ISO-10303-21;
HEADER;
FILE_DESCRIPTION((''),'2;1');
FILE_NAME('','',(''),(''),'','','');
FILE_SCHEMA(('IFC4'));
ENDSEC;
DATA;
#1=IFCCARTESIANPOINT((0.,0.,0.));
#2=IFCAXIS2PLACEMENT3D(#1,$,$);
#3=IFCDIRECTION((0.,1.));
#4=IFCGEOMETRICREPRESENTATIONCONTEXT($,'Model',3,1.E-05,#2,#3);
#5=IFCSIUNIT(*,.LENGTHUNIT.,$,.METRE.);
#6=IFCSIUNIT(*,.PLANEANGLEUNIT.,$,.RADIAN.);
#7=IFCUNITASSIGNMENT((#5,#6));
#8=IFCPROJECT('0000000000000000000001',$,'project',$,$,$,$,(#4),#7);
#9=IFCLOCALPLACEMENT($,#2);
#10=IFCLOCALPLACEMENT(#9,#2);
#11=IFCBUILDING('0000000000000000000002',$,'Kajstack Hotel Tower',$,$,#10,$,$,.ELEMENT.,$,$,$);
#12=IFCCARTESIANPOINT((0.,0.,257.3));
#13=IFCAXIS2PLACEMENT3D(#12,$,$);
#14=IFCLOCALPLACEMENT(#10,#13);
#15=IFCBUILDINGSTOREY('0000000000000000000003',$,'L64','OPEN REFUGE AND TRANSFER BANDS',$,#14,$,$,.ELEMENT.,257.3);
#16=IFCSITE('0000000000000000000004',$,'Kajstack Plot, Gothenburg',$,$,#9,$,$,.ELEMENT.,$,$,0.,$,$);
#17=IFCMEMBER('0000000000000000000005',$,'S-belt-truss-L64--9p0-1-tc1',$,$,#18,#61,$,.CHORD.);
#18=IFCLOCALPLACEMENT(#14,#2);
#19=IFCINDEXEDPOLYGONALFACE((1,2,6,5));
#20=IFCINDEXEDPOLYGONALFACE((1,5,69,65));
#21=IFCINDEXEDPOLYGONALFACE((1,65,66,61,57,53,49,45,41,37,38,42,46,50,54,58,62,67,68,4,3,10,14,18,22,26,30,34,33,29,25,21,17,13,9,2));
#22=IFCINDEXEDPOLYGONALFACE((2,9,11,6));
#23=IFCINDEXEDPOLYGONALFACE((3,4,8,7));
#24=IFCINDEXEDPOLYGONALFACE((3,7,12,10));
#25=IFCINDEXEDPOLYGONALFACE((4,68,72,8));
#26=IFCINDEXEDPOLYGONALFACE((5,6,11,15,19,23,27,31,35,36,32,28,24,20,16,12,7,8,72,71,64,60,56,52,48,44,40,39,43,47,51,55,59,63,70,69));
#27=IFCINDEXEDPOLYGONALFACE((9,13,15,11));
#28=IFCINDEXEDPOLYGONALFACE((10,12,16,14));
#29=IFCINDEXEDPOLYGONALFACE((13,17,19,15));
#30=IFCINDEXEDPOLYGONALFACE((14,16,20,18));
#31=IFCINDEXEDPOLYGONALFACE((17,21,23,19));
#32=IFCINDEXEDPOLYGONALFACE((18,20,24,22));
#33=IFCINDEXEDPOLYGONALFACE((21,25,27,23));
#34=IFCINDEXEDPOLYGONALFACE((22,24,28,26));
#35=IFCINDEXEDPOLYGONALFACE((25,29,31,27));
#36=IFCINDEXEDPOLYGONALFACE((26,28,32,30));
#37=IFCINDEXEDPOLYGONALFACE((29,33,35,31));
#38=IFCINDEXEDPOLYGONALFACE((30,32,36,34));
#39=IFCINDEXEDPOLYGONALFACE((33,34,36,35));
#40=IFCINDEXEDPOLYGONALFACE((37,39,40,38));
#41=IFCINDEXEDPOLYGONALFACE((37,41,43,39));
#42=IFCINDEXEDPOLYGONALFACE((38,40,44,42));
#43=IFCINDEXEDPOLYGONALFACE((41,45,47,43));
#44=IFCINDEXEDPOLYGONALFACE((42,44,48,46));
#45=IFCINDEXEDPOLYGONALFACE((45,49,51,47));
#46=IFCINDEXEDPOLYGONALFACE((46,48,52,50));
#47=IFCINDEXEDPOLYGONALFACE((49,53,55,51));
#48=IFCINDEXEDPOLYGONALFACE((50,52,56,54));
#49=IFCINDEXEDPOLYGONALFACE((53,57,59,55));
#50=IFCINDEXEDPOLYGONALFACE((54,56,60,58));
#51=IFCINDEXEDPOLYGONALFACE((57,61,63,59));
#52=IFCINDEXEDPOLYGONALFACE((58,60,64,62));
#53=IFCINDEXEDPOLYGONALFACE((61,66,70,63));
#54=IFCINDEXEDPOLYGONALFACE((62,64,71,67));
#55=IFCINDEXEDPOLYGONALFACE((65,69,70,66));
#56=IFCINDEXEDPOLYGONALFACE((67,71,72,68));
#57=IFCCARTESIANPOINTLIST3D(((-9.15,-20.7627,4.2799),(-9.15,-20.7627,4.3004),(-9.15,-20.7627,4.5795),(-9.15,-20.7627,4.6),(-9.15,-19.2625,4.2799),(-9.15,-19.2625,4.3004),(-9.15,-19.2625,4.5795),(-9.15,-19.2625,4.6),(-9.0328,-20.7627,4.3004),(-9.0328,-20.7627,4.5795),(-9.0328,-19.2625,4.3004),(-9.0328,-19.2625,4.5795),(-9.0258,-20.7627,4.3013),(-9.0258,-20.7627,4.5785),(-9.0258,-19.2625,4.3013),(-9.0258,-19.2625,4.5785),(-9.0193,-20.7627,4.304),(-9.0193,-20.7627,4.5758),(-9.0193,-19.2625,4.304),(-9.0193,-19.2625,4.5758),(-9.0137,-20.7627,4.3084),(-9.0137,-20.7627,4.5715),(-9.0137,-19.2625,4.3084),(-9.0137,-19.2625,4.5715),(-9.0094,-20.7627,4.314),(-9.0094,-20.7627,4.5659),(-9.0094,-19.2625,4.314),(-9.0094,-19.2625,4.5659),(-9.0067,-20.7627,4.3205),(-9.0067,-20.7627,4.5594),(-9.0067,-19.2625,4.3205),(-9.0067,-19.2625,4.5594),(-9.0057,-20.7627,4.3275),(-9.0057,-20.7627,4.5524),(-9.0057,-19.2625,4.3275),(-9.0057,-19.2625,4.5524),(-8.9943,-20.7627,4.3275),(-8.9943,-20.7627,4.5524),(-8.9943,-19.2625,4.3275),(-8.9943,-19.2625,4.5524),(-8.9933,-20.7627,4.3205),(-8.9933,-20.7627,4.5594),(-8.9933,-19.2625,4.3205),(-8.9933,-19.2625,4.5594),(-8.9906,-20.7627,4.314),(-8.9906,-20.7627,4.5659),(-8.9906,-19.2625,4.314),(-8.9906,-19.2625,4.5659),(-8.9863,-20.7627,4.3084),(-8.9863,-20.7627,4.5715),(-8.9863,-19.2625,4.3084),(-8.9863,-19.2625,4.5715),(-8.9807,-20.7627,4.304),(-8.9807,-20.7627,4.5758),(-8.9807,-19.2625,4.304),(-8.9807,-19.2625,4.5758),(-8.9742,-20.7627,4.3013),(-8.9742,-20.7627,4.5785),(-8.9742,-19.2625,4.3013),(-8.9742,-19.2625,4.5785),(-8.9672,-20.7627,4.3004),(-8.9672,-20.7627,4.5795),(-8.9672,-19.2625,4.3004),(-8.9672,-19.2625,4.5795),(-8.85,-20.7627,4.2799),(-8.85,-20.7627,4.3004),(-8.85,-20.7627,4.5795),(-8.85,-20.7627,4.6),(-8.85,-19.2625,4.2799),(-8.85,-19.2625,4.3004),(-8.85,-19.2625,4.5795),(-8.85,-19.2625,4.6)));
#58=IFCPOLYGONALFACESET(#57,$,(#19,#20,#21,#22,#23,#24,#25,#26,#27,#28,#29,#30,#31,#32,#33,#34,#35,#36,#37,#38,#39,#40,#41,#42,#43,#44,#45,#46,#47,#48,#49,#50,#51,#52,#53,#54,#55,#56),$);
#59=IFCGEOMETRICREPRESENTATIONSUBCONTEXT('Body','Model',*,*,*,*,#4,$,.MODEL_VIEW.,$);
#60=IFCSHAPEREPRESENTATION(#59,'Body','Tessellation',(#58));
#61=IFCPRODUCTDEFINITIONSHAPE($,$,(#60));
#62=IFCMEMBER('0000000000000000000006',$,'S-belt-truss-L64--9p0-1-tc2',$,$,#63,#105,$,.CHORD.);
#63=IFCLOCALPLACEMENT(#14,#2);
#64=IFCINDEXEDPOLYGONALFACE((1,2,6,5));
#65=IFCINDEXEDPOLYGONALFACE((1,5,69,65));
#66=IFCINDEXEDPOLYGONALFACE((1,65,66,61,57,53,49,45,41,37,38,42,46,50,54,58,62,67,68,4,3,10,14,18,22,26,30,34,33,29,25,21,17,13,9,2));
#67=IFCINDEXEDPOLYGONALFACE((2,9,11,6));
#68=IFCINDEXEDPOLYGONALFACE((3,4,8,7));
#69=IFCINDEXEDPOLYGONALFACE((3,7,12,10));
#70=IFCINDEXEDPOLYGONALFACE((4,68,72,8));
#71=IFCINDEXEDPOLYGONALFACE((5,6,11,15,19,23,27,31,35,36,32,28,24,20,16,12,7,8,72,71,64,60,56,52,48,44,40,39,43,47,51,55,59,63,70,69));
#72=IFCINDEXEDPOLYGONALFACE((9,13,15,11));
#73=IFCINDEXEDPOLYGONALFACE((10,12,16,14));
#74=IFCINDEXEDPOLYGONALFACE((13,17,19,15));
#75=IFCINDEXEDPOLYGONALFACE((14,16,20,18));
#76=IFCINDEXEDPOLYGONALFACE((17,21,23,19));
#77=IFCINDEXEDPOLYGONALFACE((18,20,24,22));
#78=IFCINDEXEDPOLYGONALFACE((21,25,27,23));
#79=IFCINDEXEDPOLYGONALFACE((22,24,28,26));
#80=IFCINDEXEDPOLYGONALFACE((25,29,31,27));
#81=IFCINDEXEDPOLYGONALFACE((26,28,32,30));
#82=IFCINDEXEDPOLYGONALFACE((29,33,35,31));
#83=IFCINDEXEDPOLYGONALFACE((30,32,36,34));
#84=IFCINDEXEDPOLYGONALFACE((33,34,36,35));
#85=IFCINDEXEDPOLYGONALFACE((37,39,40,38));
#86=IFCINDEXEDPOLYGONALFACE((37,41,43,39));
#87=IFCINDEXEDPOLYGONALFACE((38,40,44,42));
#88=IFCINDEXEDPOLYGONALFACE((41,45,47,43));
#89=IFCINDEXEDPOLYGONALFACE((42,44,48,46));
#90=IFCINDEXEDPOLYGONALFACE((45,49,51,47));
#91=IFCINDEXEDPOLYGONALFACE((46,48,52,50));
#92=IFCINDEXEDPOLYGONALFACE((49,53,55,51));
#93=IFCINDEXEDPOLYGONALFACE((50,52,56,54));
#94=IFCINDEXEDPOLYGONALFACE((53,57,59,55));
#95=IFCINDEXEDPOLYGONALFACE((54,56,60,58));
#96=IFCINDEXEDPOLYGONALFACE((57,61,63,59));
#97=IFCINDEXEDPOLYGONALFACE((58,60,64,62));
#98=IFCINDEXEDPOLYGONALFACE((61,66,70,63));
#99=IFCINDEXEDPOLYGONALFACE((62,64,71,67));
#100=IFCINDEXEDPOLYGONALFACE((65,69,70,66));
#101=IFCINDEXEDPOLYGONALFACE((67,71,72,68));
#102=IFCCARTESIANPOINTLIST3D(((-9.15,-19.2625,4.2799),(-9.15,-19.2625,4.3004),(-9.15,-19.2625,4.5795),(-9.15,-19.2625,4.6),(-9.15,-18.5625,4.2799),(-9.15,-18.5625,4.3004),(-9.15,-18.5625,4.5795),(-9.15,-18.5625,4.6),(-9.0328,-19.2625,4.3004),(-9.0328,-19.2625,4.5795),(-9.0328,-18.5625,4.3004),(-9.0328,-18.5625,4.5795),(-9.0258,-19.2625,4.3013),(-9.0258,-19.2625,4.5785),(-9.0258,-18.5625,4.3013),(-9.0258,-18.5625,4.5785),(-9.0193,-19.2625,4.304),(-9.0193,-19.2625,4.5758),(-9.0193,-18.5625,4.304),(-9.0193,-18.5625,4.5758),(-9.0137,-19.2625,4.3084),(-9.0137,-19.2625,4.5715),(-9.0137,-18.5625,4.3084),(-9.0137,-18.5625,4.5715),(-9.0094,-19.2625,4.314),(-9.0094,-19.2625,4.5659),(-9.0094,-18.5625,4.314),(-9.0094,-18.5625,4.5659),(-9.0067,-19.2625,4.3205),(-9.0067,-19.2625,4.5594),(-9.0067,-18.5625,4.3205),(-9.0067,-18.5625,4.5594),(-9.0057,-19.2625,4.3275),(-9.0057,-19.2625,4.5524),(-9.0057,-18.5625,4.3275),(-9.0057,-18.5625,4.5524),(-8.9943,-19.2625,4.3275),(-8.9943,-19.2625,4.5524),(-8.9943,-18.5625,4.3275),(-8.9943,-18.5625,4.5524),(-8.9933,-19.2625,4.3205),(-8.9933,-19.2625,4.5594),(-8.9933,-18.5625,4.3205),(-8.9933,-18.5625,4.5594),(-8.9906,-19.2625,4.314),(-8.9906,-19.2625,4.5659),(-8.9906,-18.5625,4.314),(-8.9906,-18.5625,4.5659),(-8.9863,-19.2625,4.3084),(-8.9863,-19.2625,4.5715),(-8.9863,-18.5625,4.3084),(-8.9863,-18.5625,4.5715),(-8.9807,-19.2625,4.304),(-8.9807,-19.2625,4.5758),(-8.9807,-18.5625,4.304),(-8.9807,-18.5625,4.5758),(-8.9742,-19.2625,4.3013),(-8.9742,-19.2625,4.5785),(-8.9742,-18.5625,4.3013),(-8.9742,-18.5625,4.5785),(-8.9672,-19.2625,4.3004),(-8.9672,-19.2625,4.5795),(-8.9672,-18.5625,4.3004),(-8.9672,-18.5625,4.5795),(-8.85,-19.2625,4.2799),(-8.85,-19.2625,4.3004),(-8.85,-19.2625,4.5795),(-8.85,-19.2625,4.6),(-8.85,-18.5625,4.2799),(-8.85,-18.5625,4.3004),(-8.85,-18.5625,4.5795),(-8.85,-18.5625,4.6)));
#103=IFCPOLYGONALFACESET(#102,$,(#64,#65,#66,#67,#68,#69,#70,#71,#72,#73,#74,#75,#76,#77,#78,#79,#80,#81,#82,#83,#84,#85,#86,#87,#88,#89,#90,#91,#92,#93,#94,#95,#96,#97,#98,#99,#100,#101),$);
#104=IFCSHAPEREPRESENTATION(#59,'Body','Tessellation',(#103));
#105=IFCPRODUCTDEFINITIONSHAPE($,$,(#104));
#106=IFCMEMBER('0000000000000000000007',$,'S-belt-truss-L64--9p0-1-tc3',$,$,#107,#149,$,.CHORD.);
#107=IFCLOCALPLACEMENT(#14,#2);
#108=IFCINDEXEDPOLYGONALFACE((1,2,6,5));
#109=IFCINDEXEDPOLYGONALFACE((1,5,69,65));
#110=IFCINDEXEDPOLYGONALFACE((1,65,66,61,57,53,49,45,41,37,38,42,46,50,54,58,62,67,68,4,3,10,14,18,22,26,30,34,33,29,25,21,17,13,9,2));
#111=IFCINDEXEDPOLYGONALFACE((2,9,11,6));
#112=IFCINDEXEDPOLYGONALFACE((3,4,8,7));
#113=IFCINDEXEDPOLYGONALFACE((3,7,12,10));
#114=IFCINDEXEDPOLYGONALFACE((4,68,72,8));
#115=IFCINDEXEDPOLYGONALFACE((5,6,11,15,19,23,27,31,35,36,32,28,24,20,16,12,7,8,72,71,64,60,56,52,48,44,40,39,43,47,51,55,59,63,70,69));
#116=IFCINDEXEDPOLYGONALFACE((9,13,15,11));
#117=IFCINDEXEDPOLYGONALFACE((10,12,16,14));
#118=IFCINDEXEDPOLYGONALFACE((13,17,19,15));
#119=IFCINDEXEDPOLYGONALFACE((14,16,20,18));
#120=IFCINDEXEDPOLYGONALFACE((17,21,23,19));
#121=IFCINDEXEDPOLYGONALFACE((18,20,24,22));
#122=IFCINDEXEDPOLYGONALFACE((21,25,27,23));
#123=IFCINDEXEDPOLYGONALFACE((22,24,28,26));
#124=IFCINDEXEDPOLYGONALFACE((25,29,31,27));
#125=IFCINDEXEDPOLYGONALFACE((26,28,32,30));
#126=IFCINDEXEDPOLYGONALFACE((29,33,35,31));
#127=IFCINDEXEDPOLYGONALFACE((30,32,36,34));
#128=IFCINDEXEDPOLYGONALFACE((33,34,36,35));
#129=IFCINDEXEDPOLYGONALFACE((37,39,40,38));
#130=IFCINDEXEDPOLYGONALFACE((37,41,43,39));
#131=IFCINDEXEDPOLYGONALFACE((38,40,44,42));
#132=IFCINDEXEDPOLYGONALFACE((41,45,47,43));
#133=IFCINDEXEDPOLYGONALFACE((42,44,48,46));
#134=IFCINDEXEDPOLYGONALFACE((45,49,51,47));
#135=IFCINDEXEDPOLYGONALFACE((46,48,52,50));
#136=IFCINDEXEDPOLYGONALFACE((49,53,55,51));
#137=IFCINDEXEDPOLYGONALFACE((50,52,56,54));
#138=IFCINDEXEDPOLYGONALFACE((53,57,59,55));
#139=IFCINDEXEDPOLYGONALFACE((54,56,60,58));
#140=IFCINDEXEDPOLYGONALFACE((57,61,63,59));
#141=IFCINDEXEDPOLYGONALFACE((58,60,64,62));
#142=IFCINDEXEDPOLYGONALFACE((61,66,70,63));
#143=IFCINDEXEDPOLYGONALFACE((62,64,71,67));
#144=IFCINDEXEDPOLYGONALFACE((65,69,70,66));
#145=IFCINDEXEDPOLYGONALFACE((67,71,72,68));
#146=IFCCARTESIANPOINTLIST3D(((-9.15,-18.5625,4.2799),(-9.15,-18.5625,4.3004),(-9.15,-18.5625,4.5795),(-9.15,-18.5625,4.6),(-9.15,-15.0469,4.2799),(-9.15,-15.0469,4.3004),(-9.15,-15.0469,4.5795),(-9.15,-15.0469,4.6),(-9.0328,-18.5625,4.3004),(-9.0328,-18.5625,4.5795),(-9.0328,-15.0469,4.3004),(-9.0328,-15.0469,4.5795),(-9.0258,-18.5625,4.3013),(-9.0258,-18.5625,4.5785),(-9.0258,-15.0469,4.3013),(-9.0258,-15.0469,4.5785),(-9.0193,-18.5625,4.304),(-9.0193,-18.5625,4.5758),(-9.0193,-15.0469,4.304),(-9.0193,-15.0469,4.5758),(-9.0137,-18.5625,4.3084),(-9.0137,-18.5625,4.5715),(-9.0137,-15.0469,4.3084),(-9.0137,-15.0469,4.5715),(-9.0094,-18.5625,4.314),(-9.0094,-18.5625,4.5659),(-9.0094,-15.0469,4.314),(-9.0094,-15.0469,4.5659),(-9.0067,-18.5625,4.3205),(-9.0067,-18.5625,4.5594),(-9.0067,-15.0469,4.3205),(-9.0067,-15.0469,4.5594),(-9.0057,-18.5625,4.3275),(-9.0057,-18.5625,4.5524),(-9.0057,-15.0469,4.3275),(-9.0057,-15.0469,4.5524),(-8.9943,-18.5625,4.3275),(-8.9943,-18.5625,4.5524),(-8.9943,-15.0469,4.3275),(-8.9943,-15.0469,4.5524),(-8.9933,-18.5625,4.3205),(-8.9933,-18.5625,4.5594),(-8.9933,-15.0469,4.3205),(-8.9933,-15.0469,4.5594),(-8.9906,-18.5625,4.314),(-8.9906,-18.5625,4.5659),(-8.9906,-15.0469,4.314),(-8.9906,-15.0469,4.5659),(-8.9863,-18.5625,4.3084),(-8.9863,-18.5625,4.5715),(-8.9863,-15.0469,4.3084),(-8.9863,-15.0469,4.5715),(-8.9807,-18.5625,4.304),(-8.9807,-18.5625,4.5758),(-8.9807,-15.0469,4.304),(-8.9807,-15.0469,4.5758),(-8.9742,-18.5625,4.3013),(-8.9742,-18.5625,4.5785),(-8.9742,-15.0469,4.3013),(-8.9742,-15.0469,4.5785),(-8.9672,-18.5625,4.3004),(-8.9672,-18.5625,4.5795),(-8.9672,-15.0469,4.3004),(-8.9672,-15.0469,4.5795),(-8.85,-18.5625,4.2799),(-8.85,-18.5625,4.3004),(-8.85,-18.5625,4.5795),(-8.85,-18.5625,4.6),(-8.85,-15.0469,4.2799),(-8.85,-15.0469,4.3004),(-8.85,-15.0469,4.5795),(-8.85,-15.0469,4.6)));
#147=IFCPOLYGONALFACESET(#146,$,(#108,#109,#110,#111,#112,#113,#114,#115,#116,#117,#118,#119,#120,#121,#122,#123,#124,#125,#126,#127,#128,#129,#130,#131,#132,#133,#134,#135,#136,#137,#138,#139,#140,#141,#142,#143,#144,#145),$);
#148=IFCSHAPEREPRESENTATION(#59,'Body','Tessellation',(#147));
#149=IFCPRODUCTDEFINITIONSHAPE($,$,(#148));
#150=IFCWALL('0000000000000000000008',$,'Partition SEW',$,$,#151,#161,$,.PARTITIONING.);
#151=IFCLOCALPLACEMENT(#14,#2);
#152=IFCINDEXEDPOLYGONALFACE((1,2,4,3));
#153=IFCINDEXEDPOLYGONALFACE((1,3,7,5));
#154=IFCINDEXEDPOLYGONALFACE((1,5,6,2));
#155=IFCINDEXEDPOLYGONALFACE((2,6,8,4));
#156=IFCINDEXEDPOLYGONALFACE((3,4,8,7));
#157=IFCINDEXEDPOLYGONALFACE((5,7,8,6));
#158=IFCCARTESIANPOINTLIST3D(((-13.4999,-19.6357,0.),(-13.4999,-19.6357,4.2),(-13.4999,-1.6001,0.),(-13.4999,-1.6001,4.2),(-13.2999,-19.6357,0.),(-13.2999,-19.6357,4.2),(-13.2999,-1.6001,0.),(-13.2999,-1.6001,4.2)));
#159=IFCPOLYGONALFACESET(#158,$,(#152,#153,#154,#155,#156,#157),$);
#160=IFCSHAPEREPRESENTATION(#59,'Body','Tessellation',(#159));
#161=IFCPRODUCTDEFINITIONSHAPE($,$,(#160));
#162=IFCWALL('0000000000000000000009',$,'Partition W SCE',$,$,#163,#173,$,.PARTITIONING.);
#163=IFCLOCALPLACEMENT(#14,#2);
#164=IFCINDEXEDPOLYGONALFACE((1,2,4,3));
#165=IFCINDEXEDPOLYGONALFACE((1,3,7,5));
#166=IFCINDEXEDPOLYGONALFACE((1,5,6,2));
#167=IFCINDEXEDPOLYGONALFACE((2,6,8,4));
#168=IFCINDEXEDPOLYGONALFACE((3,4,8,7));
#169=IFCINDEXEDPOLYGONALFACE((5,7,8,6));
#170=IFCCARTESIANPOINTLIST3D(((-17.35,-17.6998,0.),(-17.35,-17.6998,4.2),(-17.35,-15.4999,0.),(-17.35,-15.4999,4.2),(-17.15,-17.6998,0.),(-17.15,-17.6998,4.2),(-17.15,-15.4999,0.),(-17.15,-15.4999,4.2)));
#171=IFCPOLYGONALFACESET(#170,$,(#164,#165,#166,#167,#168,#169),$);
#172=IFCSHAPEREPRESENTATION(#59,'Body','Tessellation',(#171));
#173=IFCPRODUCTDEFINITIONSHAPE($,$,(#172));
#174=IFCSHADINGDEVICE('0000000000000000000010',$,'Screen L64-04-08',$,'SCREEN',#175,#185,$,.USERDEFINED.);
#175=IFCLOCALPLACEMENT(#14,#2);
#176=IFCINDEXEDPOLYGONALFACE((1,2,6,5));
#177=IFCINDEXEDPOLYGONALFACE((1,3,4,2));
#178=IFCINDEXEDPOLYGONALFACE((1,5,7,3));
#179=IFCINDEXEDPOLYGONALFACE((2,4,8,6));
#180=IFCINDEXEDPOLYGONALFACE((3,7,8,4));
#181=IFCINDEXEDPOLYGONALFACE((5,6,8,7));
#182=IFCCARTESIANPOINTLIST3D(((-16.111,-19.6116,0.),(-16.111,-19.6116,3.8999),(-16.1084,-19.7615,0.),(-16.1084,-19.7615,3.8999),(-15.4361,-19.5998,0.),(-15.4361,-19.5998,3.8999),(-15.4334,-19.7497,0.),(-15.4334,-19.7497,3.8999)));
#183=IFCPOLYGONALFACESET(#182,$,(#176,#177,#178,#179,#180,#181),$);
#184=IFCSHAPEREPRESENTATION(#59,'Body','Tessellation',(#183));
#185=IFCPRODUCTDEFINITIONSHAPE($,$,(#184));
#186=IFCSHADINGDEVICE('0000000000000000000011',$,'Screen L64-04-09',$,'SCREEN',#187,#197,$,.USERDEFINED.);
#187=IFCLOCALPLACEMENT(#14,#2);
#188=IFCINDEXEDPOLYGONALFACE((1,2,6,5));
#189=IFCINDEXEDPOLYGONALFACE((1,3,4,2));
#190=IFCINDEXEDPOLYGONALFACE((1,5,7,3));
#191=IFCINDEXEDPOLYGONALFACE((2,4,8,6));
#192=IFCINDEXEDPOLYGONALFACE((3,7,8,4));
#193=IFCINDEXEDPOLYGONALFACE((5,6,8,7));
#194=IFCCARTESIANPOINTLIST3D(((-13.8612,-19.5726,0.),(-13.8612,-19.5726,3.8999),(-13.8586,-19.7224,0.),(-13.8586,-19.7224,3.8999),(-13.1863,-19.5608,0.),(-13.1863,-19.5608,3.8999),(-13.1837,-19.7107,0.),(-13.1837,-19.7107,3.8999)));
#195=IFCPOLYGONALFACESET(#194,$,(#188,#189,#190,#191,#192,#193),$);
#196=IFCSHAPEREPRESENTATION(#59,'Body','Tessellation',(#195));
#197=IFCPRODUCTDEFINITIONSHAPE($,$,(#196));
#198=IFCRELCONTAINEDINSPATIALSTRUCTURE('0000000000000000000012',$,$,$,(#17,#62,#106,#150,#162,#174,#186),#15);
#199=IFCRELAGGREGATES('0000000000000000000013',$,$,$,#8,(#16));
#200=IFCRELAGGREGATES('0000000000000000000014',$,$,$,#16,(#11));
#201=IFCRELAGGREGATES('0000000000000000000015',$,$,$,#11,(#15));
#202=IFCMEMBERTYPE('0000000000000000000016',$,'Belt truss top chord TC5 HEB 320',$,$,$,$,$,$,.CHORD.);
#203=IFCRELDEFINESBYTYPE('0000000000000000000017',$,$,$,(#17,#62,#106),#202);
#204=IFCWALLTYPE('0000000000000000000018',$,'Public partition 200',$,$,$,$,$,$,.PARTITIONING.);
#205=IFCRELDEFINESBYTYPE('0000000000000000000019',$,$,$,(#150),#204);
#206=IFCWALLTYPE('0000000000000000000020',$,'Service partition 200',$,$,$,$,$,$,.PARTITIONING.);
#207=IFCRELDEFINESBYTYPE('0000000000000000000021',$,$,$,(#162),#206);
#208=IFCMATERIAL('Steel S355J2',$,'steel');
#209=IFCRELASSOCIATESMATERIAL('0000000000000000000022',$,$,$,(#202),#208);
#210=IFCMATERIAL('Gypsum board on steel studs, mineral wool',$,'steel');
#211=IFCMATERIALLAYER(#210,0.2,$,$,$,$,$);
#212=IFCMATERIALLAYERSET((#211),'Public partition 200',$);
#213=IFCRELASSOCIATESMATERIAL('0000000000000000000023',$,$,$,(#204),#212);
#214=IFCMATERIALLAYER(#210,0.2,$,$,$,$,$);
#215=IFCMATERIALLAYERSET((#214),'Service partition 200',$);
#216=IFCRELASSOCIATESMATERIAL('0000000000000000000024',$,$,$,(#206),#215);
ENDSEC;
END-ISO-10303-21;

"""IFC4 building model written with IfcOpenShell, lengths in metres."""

from ifc_helpers import new_model, si_unit, direction, frame, frame_2d, origin, origin_2d, place, context, subcontext, project, spatial, rectangle, i_section, extrude, material, layer, layer_set, material_profile, profile_set, type_object, element, save


model = new_model("IFC4")

# Units and contexts
model_context = context("Model", 3, precision=1e-05, world=origin(), true_north=direction((0.0, 1.0)))
body_context = subcontext(model_context, "Body", "Model", "MODEL_VIEW")
ifc_project = project(units=[si_unit("LENGTHUNIT", "METRE"), si_unit("PLANEANGLEUNIT", "RADIAN")], contexts=[model_context])

# Site, building, storey
site_placement = place(None, origin())
site = spatial("IfcSite", under=ifc_project, at=site_placement, Name="Kajstack Plot, Gothenburg", CompositionType="ELEMENT", RefElevation=0.0)
building_placement = place(site_placement, origin())
building = spatial("IfcBuilding", under=site, at=building_placement, Name="Kajstack Hotel Tower", CompositionType="ELEMENT")
storey_placement = place(building_placement, frame((0.0, 0.0, 257.3)))
storey = spatial("IfcBuildingStorey", under=building, at=storey_placement, Name="L64", Description="OPEN REFUGE AND TRANSFER BANDS", CompositionType="ELEMENT", Elevation=257.3)

# Members
ifc_material_1 = material(Name="Steel S355J2", Category="steel")
ifc_material_profile_1 = material_profile(ifc_material_1, i_section(OverallWidth=0.3, OverallDepth=0.3201, WebThickness=0.0115, FlangeThickness=0.0205, FilletRadius=0.0271, at=origin_2d()), Name="HEB 320")
ifc_profile_set_1 = profile_set([ifc_material_profile_1], Name="Steel S355J2")
member_type_1 = type_object("IfcMemberType", Name="Belt truss top chord TC5 HEB 320", PredefinedType="CHORD", material=ifc_profile_set_1)
member_1_placement = place(storey_placement, frame((-9.0, -20.7627, 4.4399), z_axis=(0.0, 1.0, 0.0), x_axis=(-1.0, 0.0, 0.0)))
element("IfcMember", 1, at=member_1_placement, inside=storey, type_object=member_type_1, Name="S-belt-truss-L64--9p0-1-tc1", PredefinedType="CHORD", context=body_context, shape_type="SweptSolid", body=[
    extrude(i_section(OverallWidth=0.3, OverallDepth=0.3201, WebThickness=0.0115, FlangeThickness=0.0205, FilletRadius=0.0271, at=origin_2d()), origin(), (0.0, 0.0, 1.0), 1.5002),
])
member_2_placement = place(storey_placement, frame((-9.0, -19.2625, 4.4399), z_axis=(0.0, 1.0, 0.0), x_axis=(-1.0, 0.0, 0.0)))
element("IfcMember", 2, at=member_2_placement, inside=storey, type_object=member_type_1, Name="S-belt-truss-L64--9p0-1-tc2", PredefinedType="CHORD", context=body_context, shape_type="SweptSolid", body=[
    extrude(i_section(OverallWidth=0.3, OverallDepth=0.3201, WebThickness=0.0115, FlangeThickness=0.0205, FilletRadius=0.0271, at=origin_2d()), origin(), (0.0, 0.0, 1.0), 0.7),
])
member_3_placement = place(storey_placement, frame((-9.0, -18.5625, 4.4399), z_axis=(0.0, 1.0, 0.0), x_axis=(-1.0, 0.0, 0.0)))
element("IfcMember", 3, at=member_3_placement, inside=storey, type_object=member_type_1, Name="S-belt-truss-L64--9p0-1-tc3", PredefinedType="CHORD", context=body_context, shape_type="SweptSolid", body=[
    extrude(i_section(OverallWidth=0.3, OverallDepth=0.3201, WebThickness=0.0115, FlangeThickness=0.0205, FilletRadius=0.0271, at=origin_2d()), origin(), (0.0, 0.0, 1.0), 3.5156),
])

# Walls
ifc_material_2 = material(Name="Gypsum board on steel studs, mineral wool", Category="steel")
ifc_layer_1 = layer(ifc_material_2, 0.2)
ifc_layer_set_1 = layer_set([ifc_layer_1], Name="Public partition 200")
wall_type_1 = type_object("IfcWallType", Name="Public partition 200", PredefinedType="PARTITIONING", material=ifc_layer_set_1)
wall_1_placement = place(storey_placement, frame((-13.3999, -19.6357, 0.0), z_axis=(0.0, 0.0, 1.0), x_axis=(0.0, 1.0, 0.0)))
element("IfcWall", 4, at=wall_1_placement, inside=storey, type_object=wall_type_1, Name="Partition SEW", PredefinedType="PARTITIONING", context=body_context, shape_type="SweptSolid", body=[
    extrude(rectangle(XDim=18.0356, YDim=0.2, at=frame_2d((9.0178, 0.0))), origin(), (0.0, 0.0, 1.0), 4.2),
])
ifc_layer_2 = layer(ifc_material_2, 0.2)
ifc_layer_set_2 = layer_set([ifc_layer_2], Name="Service partition 200")
wall_type_2 = type_object("IfcWallType", Name="Service partition 200", PredefinedType="PARTITIONING", material=ifc_layer_set_2)
wall_2_placement = place(storey_placement, frame((-17.25, -17.7, 0.0), z_axis=(0.0, 0.0, 1.0), x_axis=(0.0, 1.0, 0.0)))
element("IfcWall", 5, at=wall_2_placement, inside=storey, type_object=wall_type_2, Name="Partition W SCE", PredefinedType="PARTITIONING", context=body_context, shape_type="SweptSolid", body=[
    extrude(rectangle(XDim=2.2, YDim=0.2, at=frame_2d((1.1001, 0.0))), origin(), (0.0, 0.0, 1.0), 4.2),
])

# Shading devices
for number, where, z_axis, x_axis, name in (
    (6, (-15.7722, -19.6807, 0.0), (0.0, 0.0, 1.0), (0.999848, 0.017453, 0.0), "Screen L64-04-08"),
    (7, (-13.5225, -19.6416, 0.0), (0.0, 0.0, 1.0), (0.999848, 0.017453, 0.0), "Screen L64-04-09"),
):
    element("IfcShadingDevice", number, at=place(storey_placement, frame(where, z_axis=z_axis, x_axis=x_axis)), inside=storey, Name=name, ObjectType="SCREEN", PredefinedType="USERDEFINED", context=body_context, shape_type="SweptSolid", body=[
        extrude(rectangle(XDim=0.675, YDim=0.1499, at=origin_2d()), origin(), (0.0, 0.0, 1.0), 3.8999),
    ])

save(model, "model.ifc")
